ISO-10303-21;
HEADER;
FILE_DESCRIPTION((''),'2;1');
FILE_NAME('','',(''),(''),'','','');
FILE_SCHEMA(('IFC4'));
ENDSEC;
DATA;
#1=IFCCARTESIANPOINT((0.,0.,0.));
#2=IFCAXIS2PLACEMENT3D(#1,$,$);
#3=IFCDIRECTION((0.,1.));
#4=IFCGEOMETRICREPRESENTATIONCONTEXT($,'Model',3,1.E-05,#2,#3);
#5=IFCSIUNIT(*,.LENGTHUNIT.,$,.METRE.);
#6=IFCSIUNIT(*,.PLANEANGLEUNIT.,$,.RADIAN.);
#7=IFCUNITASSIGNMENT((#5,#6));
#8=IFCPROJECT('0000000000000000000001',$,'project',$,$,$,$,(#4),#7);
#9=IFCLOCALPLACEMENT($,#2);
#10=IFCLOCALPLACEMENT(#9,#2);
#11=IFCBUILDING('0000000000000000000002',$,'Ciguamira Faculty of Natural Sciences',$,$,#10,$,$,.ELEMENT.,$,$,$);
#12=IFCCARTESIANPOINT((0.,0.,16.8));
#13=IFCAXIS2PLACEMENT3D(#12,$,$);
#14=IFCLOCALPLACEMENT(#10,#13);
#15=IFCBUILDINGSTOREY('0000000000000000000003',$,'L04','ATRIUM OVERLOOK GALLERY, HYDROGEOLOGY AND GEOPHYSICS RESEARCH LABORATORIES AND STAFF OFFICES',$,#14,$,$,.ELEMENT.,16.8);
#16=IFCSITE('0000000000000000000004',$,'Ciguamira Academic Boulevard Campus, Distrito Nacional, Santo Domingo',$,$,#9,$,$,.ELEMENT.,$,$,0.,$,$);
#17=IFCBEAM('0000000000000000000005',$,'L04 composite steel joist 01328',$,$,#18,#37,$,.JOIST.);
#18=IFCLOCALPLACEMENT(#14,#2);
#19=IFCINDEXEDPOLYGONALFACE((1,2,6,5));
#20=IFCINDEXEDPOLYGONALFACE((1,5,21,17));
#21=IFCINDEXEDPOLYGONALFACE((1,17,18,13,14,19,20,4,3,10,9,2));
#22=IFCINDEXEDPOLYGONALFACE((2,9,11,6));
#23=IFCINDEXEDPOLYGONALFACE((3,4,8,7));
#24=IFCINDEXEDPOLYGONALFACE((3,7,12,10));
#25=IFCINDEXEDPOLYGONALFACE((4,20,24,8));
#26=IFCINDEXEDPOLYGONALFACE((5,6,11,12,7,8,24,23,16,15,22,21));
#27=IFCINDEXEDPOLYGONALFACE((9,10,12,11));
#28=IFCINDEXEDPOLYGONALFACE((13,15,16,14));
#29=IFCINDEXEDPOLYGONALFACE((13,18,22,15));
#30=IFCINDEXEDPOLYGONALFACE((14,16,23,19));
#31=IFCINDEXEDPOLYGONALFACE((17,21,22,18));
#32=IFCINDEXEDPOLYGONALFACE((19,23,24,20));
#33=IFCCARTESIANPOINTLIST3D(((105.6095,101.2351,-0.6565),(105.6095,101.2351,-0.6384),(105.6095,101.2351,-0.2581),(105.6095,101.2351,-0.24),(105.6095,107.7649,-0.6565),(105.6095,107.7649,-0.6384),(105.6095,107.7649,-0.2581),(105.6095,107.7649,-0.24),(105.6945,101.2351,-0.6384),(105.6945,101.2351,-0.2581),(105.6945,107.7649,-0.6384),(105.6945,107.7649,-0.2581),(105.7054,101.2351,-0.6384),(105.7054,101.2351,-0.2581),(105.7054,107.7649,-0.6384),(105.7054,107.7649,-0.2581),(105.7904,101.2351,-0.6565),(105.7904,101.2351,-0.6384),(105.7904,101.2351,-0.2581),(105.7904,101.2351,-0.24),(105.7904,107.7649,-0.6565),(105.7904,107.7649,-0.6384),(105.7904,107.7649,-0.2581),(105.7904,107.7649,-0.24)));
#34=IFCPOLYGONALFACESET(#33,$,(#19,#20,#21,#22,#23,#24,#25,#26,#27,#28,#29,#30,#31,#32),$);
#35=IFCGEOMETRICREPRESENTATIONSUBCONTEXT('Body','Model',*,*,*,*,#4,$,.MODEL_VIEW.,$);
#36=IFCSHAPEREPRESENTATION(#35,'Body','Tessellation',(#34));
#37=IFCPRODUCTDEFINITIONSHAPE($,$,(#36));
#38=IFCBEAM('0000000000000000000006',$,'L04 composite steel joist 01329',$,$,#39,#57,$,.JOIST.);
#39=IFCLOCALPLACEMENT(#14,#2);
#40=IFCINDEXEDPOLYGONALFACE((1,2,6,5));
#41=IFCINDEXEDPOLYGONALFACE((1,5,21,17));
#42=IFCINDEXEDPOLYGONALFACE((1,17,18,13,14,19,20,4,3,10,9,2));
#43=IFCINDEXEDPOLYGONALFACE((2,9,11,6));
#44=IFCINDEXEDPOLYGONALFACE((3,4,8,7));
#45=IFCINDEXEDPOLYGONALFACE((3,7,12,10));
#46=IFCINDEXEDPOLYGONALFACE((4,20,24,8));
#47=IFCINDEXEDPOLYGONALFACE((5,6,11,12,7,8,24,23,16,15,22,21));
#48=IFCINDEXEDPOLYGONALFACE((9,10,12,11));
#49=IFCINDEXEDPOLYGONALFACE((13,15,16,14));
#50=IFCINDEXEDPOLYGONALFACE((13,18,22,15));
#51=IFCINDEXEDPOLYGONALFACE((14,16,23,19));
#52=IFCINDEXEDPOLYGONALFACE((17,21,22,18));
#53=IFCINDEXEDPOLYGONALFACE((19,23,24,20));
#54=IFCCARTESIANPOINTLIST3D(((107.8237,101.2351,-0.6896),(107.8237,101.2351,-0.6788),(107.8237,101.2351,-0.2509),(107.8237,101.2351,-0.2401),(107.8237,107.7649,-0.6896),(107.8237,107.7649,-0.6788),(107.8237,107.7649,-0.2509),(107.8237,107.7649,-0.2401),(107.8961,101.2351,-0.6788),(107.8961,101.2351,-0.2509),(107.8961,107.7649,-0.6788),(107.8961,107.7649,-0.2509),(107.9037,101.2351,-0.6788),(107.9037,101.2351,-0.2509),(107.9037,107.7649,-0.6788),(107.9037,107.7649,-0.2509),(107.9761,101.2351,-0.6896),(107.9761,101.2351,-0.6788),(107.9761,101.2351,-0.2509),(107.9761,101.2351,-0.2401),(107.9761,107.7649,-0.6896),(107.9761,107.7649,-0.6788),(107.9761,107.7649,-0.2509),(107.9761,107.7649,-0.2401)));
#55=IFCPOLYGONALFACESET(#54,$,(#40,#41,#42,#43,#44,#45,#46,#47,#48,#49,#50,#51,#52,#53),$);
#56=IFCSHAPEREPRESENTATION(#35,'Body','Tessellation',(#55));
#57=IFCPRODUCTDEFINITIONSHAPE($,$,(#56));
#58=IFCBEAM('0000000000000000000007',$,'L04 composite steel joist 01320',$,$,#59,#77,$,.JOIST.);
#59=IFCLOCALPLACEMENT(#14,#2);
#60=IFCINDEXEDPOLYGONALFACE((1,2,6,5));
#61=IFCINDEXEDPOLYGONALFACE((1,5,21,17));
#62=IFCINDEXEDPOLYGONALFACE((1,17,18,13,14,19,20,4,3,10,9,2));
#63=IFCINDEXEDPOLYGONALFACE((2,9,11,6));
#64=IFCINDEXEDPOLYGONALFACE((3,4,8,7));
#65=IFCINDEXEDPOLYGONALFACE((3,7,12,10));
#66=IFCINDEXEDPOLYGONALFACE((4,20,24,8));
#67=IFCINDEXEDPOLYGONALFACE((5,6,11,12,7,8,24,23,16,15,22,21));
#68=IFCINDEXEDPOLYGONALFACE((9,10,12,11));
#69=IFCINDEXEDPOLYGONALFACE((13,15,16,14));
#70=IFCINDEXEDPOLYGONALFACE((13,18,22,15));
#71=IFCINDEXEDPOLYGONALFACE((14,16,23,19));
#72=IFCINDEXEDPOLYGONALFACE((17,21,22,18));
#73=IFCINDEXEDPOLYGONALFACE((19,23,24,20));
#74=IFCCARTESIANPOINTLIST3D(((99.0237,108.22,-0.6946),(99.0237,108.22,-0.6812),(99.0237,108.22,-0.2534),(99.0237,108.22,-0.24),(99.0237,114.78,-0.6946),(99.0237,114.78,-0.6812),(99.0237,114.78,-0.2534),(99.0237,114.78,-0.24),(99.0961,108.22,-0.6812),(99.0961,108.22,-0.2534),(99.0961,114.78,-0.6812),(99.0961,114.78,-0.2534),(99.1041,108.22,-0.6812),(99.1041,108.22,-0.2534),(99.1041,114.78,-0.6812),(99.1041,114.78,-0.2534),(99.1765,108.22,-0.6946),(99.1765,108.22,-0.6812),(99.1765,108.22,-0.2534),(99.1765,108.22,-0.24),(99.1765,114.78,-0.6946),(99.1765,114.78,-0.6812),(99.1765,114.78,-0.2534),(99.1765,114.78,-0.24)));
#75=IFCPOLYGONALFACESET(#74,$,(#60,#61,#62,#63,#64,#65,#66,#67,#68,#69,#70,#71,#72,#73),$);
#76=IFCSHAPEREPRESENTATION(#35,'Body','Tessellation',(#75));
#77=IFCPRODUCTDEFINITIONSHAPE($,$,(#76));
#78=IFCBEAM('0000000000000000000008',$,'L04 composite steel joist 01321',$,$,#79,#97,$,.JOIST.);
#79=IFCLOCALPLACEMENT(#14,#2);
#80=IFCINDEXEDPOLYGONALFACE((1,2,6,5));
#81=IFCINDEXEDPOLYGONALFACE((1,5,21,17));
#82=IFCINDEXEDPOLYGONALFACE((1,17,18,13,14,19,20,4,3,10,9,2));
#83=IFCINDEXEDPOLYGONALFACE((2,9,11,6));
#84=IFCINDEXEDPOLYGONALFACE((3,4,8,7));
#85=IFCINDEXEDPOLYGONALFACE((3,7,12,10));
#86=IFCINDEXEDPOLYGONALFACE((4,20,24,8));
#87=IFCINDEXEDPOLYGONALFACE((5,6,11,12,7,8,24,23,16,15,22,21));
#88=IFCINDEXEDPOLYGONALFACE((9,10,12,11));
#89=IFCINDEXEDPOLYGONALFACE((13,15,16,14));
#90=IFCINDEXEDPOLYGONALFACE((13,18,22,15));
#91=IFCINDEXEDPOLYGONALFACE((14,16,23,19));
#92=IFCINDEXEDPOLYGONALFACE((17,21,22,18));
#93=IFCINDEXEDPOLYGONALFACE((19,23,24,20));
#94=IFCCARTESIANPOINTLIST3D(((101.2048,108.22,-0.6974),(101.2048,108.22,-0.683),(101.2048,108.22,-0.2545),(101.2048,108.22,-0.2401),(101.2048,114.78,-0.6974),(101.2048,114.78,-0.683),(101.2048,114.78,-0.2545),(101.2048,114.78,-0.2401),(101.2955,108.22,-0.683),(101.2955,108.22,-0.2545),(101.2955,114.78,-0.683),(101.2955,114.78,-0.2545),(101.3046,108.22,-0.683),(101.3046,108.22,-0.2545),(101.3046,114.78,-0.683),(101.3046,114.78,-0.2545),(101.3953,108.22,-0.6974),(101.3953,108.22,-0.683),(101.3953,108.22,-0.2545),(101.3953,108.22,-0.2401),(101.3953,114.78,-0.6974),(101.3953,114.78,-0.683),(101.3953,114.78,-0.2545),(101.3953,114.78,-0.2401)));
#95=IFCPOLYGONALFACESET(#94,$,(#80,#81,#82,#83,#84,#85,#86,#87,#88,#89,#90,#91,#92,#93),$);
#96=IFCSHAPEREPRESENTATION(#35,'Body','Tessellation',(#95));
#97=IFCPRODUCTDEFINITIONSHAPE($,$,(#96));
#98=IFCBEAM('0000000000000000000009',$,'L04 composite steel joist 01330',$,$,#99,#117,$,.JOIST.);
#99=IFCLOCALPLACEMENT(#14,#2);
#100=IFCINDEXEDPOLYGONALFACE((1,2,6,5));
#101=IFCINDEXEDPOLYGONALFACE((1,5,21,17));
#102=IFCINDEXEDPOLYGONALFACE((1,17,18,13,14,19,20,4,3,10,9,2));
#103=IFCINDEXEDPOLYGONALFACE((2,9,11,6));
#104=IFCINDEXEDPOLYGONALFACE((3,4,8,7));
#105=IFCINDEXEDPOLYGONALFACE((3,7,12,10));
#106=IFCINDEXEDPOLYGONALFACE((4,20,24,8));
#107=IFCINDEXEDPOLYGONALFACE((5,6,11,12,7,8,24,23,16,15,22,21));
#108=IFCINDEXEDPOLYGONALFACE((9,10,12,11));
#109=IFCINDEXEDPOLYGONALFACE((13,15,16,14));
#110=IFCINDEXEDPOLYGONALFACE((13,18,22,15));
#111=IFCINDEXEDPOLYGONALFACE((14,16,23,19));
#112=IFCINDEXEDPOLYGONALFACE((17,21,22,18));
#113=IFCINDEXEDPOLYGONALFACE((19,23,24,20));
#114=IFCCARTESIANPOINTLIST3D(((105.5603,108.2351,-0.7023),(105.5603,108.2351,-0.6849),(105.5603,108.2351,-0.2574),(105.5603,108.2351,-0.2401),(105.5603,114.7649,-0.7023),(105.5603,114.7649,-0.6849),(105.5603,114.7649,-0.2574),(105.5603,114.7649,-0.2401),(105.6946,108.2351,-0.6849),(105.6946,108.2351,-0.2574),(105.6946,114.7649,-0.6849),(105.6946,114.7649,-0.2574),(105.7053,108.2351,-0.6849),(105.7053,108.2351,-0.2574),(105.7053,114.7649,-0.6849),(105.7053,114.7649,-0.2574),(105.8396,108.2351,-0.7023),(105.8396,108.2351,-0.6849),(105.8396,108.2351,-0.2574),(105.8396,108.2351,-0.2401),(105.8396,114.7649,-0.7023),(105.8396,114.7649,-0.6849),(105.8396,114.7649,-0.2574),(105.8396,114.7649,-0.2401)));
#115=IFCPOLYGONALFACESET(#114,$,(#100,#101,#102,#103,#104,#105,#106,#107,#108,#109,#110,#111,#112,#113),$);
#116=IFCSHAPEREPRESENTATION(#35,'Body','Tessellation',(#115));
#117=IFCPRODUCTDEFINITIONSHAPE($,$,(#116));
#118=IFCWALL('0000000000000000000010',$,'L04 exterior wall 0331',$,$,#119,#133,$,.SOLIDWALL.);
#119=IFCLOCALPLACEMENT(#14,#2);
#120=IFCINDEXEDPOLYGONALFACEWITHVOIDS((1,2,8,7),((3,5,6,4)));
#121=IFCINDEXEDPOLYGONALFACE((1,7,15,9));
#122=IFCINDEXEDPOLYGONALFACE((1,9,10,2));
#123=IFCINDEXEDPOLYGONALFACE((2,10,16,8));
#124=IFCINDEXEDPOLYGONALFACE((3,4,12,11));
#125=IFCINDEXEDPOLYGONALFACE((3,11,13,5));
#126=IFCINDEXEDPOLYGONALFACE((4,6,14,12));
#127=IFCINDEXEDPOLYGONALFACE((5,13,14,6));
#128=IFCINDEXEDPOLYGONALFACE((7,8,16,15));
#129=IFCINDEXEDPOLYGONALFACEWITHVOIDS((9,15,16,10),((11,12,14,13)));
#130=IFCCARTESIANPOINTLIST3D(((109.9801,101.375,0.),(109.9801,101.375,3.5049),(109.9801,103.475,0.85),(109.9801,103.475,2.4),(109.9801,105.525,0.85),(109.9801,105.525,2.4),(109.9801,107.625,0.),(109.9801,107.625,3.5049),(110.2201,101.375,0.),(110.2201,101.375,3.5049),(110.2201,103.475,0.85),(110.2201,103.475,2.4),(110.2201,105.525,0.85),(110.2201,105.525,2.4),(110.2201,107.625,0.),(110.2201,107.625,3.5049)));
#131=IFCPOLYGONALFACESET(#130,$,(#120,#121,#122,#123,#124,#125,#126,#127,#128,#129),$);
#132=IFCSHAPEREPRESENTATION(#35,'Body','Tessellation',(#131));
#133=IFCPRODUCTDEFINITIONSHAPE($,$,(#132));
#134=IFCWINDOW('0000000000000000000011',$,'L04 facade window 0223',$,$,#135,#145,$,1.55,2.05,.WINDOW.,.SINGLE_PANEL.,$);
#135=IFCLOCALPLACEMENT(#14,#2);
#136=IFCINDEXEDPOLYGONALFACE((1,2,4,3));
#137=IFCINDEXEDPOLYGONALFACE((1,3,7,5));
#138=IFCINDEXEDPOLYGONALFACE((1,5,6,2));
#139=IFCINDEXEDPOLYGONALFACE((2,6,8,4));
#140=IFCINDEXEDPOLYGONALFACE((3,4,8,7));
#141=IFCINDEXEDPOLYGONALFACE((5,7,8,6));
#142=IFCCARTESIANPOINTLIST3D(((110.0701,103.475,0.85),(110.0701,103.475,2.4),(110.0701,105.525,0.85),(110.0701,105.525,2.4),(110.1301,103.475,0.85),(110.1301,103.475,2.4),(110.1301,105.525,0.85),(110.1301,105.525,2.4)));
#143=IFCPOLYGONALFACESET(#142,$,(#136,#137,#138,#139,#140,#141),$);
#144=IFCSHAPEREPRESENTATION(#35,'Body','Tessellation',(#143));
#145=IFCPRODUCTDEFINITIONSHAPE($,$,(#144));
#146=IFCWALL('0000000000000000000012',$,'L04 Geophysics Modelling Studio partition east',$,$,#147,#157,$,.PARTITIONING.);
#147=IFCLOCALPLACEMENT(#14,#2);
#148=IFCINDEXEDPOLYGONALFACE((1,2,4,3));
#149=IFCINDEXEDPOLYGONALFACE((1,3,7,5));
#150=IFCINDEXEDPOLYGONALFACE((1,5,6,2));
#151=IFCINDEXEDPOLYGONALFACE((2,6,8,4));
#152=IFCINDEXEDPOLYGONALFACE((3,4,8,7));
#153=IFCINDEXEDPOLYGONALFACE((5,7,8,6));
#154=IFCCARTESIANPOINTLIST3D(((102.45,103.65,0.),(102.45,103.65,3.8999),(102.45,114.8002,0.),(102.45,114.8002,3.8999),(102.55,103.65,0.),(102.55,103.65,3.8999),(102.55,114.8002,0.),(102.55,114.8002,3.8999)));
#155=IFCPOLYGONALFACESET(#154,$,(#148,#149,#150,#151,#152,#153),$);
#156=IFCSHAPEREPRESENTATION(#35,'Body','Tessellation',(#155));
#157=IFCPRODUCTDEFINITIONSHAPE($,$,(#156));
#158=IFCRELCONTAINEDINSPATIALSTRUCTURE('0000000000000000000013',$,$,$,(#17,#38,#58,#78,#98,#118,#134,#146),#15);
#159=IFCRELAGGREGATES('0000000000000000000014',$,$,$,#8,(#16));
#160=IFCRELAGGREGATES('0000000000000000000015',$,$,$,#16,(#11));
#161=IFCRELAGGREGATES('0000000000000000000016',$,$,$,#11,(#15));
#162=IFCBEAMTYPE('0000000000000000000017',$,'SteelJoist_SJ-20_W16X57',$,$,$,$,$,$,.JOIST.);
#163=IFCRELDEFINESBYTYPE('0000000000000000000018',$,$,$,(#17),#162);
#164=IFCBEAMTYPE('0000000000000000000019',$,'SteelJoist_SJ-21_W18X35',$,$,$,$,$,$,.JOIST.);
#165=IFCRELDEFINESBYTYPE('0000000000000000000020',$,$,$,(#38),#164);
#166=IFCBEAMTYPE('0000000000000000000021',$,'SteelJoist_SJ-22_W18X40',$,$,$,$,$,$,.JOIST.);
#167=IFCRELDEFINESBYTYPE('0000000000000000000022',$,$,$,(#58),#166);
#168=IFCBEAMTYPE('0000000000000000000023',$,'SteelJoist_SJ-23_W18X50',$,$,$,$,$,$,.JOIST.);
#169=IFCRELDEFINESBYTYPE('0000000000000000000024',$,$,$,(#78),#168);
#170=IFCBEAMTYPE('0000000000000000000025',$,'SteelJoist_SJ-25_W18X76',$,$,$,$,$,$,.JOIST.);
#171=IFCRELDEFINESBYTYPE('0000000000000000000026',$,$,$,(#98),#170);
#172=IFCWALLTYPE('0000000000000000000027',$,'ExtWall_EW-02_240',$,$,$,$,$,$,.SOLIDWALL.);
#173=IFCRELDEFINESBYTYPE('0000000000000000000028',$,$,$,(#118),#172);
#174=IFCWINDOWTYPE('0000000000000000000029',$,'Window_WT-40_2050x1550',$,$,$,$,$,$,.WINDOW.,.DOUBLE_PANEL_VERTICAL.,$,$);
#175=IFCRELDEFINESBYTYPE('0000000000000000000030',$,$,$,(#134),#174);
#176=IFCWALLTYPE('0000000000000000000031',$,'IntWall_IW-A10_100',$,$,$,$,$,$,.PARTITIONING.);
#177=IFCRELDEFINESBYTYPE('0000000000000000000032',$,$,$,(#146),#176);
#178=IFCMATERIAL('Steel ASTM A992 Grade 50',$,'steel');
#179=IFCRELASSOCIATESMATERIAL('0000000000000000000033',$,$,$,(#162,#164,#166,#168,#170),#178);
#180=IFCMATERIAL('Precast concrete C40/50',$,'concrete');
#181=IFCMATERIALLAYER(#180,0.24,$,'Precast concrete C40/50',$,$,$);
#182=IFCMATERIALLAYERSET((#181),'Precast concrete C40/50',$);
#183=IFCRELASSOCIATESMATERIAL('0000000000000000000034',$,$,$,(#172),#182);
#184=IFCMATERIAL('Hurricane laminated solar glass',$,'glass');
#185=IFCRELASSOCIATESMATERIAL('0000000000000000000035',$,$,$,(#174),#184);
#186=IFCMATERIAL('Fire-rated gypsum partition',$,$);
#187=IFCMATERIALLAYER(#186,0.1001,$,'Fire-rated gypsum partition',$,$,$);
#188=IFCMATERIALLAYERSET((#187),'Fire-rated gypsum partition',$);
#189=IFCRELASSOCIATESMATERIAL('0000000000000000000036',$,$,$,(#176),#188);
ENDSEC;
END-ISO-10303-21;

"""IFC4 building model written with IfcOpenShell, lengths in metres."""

from ifc_helpers import new_model, si_unit, direction, frame, frame_2d, origin, origin_2d, place, context, subcontext, project, spatial, rectangle, i_section, extrude, material, layer, layer_set, material_profile, profile_set, type_object, element, fill, save


model = new_model("IFC4")

# Units and contexts
model_context = context("Model", 3, precision=1e-05, world=origin(), true_north=direction((0.0, 1.0)))
body_context = subcontext(model_context, "Body", "Model", "MODEL_VIEW")
ifc_project = project(units=[si_unit("LENGTHUNIT", "METRE"), si_unit("PLANEANGLEUNIT", "RADIAN")], contexts=[model_context])

# Site, building, storey
site_placement = place(None, origin())
site = spatial("IfcSite", under=ifc_project, at=site_placement, Name="Ciguamira Academic Boulevard Campus, Distrito Nacional, Santo Domingo", CompositionType="ELEMENT", RefElevation=0.0)
building_placement = place(site_placement, origin())
building = spatial("IfcBuilding", under=site, at=building_placement, Name="Ciguamira Faculty of Natural Sciences", CompositionType="ELEMENT")
storey_placement = place(building_placement, frame((0.0, 0.0, 16.8)))
storey = spatial("IfcBuildingStorey", under=building, at=storey_placement, Name="L04", Description="ATRIUM OVERLOOK GALLERY, HYDROGEOLOGY AND GEOPHYSICS RESEARCH LABORATORIES AND STAFF OFFICES", CompositionType="ELEMENT", Elevation=16.8)

# Beams
ifc_material_1 = material(Name="Precast concrete C40/50", Category="concrete")
ifc_material_2 = material(Name="Steel ASTM A992 Grade 50", Category="steel")
ifc_material_profile_1 = material_profile(ifc_material_2, i_section(OverallWidth=0.1809, OverallDepth=0.4165, WebThickness=0.011, FlangeThickness=0.0181, at=origin_2d()), Name="W16X57")
ifc_profile_set_1 = profile_set([ifc_material_profile_1], Name="Steel ASTM A992 Grade 50")
beam_type_1 = type_object("IfcBeamType", Name="SteelJoist_SJ-20_W16X57", PredefinedType="JOIST", material=ifc_profile_set_1)
beam_1_placement = place(storey_placement, frame((105.7, 101.2351, -0.4482), z_axis=(0.0, 1.0, 0.0), x_axis=(-1.0, 0.0, 0.0)))
element("IfcBeam", 1, at=beam_1_placement, inside=storey, type_object=beam_type_1, Name="L04 composite steel joist 01328", PredefinedType="JOIST", context=body_context, shape_type="SweptSolid", body=[
    extrude(i_section(OverallWidth=0.1809, OverallDepth=0.4165, WebThickness=0.011, FlangeThickness=0.0181, at=origin_2d()), origin(), (0.0, 0.0, 1.0), 6.5298),
])
ifc_material_profile_2 = material_profile(ifc_material_2, i_section(OverallWidth=0.1523, OverallDepth=0.4495, WebThickness=0.0076, FlangeThickness=0.0107, at=origin_2d()), Name="W18X35")
ifc_profile_set_2 = profile_set([ifc_material_profile_2], Name="Steel ASTM A992 Grade 50")
beam_type_2 = type_object("IfcBeamType", Name="SteelJoist_SJ-21_W18X35", PredefinedType="JOIST", material=ifc_profile_set_2)
beam_2_placement = place(storey_placement, frame((107.8999, 101.2351, -0.4648), z_axis=(0.0, 1.0, 0.0), x_axis=(-1.0, 0.0, 0.0)))
element("IfcBeam", 2, at=beam_2_placement, inside=storey, type_object=beam_type_2, Name="L04 composite steel joist 01329", PredefinedType="JOIST", context=body_context, shape_type="SweptSolid", body=[
    extrude(i_section(OverallWidth=0.1523, OverallDepth=0.4495, WebThickness=0.0076, FlangeThickness=0.0107, at=origin_2d()), origin(), (0.0, 0.0, 1.0), 6.5298),
])
ifc_material_profile_3 = material_profile(ifc_material_2, i_section(OverallWidth=0.1528, OverallDepth=0.4546, WebThickness=0.0081, FlangeThickness=0.0134, at=origin_2d()), Name="W18X40")
ifc_profile_set_3 = profile_set([ifc_material_profile_3], Name="Steel ASTM A992 Grade 50")
beam_type_3 = type_object("IfcBeamType", Name="SteelJoist_SJ-22_W18X40", PredefinedType="JOIST", material=ifc_profile_set_3)
beam_3_placement = place(storey_placement, frame((99.1001, 108.22, -0.4673), z_axis=(0.0, 1.0, 0.0), x_axis=(-1.0, 0.0, 0.0)))
element("IfcBeam", 3, at=beam_3_placement, inside=storey, type_object=beam_type_3, Name="L04 composite steel joist 01320", PredefinedType="JOIST", context=body_context, shape_type="SweptSolid", body=[
    extrude(i_section(OverallWidth=0.1528, OverallDepth=0.4546, WebThickness=0.0081, FlangeThickness=0.0134, at=origin_2d()), origin(), (0.0, 0.0, 1.0), 6.5601),
])
ifc_material_profile_4 = material_profile(ifc_material_2, i_section(OverallWidth=0.1904, OverallDepth=0.4573, WebThickness=0.009, FlangeThickness=0.0144, at=origin_2d()), Name="W18X50")
ifc_profile_set_4 = profile_set([ifc_material_profile_4], Name="Steel ASTM A992 Grade 50")
beam_type_4 = type_object("IfcBeamType", Name="SteelJoist_SJ-23_W18X50", PredefinedType="JOIST", material=ifc_profile_set_4)
beam_4_placement = place(storey_placement, frame((101.3, 108.22, -0.4688), z_axis=(0.0, 1.0, 0.0), x_axis=(-1.0, 0.0, 0.0)))
element("IfcBeam", 4, at=beam_4_placement, inside=storey, type_object=beam_type_4, Name="L04 composite steel joist 01321", PredefinedType="JOIST", context=body_context, shape_type="SweptSolid", body=[
    extrude(i_section(OverallWidth=0.1904, OverallDepth=0.4573, WebThickness=0.009, FlangeThickness=0.0144, at=origin_2d()), origin(), (0.0, 0.0, 1.0), 6.5601),
])
ifc_material_profile_5 = material_profile(ifc_material_2, i_section(OverallWidth=0.2793, OverallDepth=0.4622, WebThickness=0.0107, FlangeThickness=0.0173, at=origin_2d()), Name="W18X76")
ifc_profile_set_5 = profile_set([ifc_material_profile_5], Name="Steel ASTM A992 Grade 50")
beam_type_5 = type_object("IfcBeamType", Name="SteelJoist_SJ-25_W18X76", PredefinedType="JOIST", material=ifc_profile_set_5)
beam_5_placement = place(storey_placement, frame((105.7, 108.2351, -0.4712), z_axis=(0.0, 1.0, 0.0), x_axis=(-1.0, 0.0, 0.0)))
element("IfcBeam", 5, at=beam_5_placement, inside=storey, type_object=beam_type_5, Name="L04 composite steel joist 01330", PredefinedType="JOIST", context=body_context, shape_type="SweptSolid", body=[
    extrude(i_section(OverallWidth=0.2793, OverallDepth=0.4622, WebThickness=0.0107, FlangeThickness=0.0173, at=origin_2d()), origin(), (0.0, 0.0, 1.0), 6.5298),
])

# Wall, opening, window
ifc_layer_1 = layer(ifc_material_1, 0.24, Name="Precast concrete C40/50")
ifc_layer_set_1 = layer_set([ifc_layer_1], Name="Precast concrete C40/50")
wall_type_1 = type_object("IfcWallType", Name="ExtWall_EW-02_240", PredefinedType="SOLIDWALL", material=ifc_layer_set_1)
wall_1_placement = place(storey_placement, frame((110.1001, 101.375, 0.0), z_axis=(0.0, 0.0, 1.0), x_axis=(0.0, 1.0, 0.0)))
wall_1 = element("IfcWall", 6, at=wall_1_placement, inside=storey, type_object=wall_type_1, Name="L04 exterior wall 0331", PredefinedType="SOLIDWALL", context=body_context, shape_type="SweptSolid", body=[
    extrude(rectangle(XDim=6.25, YDim=0.24, at=frame_2d((3.125, 0.0))), origin(), (0.0, 0.0, 1.0), 3.5049),
])
opening_1_placement = place(wall_1_placement, frame((2.1001, 0.0, 0.8501)))
opening_1 = element("IfcOpeningElement", 7, at=opening_1_placement, cuts=wall_1, PredefinedType="OPENING", context=body_context, shape_type="SweptSolid", body=[
    extrude(rectangle(XDim=2.05, YDim=1.55, at=frame_2d((1.0249, 0.7749))), frame((0.0, 0.1299, 0.0), z_axis=(0.0, -1.0, 0.0), x_axis=(1.0, 0.0, 0.0)), (0.0, 0.0, 1.0), 0.26),
])
ifc_material_3 = material(Name="Hurricane laminated solar glass", Category="glass")
window_type = type_object("IfcWindowType", Name="Window_WT-40_2050x1550", PartitioningType="DOUBLE_PANEL_VERTICAL", PredefinedType="WINDOW", material=ifc_material_3)
window_placement = place(opening_1_placement, origin())
window = element("IfcWindow", 8, at=window_placement, inside=storey, type_object=window_type, Name="L04 facade window 0223", OverallHeight=1.55, OverallWidth=2.05, PartitioningType="SINGLE_PANEL", PredefinedType="WINDOW", context=body_context, shape_type="SweptSolid", body=[
    extrude(rectangle(XDim=2.05, YDim=1.55, at=frame_2d((1.0249, 0.7749))), frame((0.0, 0.03, 0.0), z_axis=(0.0, -1.0, 0.0), x_axis=(1.0, 0.0, 0.0)), (0.0, 0.0, 1.0), 0.0601),
])
fill(opening_1, window)

# Wall
ifc_material_4 = material(Name="Fire-rated gypsum partition")
ifc_layer_2 = layer(ifc_material_4, 0.1001, Name="Fire-rated gypsum partition")
ifc_layer_set_2 = layer_set([ifc_layer_2], Name="Fire-rated gypsum partition")
wall_type_2 = type_object("IfcWallType", Name="IntWall_IW-A10_100", PredefinedType="PARTITIONING", material=ifc_layer_set_2)
wall_2_placement = place(storey_placement, frame((102.5, 103.6499, 0.0), z_axis=(0.0, 0.0, 1.0), x_axis=(0.0, 1.0, 0.0)))
element("IfcWall", 9, at=wall_2_placement, inside=storey, type_object=wall_type_2, Name="L04 Geophysics Modelling Studio partition east", PredefinedType="PARTITIONING", context=body_context, shape_type="SweptSolid", body=[
    extrude(rectangle(XDim=11.1501, YDim=0.1001, at=frame_2d((5.5752, 0.0))), origin(), (0.0, 0.0, 1.0), 3.8999),
])

save(model, "model.ifc")
